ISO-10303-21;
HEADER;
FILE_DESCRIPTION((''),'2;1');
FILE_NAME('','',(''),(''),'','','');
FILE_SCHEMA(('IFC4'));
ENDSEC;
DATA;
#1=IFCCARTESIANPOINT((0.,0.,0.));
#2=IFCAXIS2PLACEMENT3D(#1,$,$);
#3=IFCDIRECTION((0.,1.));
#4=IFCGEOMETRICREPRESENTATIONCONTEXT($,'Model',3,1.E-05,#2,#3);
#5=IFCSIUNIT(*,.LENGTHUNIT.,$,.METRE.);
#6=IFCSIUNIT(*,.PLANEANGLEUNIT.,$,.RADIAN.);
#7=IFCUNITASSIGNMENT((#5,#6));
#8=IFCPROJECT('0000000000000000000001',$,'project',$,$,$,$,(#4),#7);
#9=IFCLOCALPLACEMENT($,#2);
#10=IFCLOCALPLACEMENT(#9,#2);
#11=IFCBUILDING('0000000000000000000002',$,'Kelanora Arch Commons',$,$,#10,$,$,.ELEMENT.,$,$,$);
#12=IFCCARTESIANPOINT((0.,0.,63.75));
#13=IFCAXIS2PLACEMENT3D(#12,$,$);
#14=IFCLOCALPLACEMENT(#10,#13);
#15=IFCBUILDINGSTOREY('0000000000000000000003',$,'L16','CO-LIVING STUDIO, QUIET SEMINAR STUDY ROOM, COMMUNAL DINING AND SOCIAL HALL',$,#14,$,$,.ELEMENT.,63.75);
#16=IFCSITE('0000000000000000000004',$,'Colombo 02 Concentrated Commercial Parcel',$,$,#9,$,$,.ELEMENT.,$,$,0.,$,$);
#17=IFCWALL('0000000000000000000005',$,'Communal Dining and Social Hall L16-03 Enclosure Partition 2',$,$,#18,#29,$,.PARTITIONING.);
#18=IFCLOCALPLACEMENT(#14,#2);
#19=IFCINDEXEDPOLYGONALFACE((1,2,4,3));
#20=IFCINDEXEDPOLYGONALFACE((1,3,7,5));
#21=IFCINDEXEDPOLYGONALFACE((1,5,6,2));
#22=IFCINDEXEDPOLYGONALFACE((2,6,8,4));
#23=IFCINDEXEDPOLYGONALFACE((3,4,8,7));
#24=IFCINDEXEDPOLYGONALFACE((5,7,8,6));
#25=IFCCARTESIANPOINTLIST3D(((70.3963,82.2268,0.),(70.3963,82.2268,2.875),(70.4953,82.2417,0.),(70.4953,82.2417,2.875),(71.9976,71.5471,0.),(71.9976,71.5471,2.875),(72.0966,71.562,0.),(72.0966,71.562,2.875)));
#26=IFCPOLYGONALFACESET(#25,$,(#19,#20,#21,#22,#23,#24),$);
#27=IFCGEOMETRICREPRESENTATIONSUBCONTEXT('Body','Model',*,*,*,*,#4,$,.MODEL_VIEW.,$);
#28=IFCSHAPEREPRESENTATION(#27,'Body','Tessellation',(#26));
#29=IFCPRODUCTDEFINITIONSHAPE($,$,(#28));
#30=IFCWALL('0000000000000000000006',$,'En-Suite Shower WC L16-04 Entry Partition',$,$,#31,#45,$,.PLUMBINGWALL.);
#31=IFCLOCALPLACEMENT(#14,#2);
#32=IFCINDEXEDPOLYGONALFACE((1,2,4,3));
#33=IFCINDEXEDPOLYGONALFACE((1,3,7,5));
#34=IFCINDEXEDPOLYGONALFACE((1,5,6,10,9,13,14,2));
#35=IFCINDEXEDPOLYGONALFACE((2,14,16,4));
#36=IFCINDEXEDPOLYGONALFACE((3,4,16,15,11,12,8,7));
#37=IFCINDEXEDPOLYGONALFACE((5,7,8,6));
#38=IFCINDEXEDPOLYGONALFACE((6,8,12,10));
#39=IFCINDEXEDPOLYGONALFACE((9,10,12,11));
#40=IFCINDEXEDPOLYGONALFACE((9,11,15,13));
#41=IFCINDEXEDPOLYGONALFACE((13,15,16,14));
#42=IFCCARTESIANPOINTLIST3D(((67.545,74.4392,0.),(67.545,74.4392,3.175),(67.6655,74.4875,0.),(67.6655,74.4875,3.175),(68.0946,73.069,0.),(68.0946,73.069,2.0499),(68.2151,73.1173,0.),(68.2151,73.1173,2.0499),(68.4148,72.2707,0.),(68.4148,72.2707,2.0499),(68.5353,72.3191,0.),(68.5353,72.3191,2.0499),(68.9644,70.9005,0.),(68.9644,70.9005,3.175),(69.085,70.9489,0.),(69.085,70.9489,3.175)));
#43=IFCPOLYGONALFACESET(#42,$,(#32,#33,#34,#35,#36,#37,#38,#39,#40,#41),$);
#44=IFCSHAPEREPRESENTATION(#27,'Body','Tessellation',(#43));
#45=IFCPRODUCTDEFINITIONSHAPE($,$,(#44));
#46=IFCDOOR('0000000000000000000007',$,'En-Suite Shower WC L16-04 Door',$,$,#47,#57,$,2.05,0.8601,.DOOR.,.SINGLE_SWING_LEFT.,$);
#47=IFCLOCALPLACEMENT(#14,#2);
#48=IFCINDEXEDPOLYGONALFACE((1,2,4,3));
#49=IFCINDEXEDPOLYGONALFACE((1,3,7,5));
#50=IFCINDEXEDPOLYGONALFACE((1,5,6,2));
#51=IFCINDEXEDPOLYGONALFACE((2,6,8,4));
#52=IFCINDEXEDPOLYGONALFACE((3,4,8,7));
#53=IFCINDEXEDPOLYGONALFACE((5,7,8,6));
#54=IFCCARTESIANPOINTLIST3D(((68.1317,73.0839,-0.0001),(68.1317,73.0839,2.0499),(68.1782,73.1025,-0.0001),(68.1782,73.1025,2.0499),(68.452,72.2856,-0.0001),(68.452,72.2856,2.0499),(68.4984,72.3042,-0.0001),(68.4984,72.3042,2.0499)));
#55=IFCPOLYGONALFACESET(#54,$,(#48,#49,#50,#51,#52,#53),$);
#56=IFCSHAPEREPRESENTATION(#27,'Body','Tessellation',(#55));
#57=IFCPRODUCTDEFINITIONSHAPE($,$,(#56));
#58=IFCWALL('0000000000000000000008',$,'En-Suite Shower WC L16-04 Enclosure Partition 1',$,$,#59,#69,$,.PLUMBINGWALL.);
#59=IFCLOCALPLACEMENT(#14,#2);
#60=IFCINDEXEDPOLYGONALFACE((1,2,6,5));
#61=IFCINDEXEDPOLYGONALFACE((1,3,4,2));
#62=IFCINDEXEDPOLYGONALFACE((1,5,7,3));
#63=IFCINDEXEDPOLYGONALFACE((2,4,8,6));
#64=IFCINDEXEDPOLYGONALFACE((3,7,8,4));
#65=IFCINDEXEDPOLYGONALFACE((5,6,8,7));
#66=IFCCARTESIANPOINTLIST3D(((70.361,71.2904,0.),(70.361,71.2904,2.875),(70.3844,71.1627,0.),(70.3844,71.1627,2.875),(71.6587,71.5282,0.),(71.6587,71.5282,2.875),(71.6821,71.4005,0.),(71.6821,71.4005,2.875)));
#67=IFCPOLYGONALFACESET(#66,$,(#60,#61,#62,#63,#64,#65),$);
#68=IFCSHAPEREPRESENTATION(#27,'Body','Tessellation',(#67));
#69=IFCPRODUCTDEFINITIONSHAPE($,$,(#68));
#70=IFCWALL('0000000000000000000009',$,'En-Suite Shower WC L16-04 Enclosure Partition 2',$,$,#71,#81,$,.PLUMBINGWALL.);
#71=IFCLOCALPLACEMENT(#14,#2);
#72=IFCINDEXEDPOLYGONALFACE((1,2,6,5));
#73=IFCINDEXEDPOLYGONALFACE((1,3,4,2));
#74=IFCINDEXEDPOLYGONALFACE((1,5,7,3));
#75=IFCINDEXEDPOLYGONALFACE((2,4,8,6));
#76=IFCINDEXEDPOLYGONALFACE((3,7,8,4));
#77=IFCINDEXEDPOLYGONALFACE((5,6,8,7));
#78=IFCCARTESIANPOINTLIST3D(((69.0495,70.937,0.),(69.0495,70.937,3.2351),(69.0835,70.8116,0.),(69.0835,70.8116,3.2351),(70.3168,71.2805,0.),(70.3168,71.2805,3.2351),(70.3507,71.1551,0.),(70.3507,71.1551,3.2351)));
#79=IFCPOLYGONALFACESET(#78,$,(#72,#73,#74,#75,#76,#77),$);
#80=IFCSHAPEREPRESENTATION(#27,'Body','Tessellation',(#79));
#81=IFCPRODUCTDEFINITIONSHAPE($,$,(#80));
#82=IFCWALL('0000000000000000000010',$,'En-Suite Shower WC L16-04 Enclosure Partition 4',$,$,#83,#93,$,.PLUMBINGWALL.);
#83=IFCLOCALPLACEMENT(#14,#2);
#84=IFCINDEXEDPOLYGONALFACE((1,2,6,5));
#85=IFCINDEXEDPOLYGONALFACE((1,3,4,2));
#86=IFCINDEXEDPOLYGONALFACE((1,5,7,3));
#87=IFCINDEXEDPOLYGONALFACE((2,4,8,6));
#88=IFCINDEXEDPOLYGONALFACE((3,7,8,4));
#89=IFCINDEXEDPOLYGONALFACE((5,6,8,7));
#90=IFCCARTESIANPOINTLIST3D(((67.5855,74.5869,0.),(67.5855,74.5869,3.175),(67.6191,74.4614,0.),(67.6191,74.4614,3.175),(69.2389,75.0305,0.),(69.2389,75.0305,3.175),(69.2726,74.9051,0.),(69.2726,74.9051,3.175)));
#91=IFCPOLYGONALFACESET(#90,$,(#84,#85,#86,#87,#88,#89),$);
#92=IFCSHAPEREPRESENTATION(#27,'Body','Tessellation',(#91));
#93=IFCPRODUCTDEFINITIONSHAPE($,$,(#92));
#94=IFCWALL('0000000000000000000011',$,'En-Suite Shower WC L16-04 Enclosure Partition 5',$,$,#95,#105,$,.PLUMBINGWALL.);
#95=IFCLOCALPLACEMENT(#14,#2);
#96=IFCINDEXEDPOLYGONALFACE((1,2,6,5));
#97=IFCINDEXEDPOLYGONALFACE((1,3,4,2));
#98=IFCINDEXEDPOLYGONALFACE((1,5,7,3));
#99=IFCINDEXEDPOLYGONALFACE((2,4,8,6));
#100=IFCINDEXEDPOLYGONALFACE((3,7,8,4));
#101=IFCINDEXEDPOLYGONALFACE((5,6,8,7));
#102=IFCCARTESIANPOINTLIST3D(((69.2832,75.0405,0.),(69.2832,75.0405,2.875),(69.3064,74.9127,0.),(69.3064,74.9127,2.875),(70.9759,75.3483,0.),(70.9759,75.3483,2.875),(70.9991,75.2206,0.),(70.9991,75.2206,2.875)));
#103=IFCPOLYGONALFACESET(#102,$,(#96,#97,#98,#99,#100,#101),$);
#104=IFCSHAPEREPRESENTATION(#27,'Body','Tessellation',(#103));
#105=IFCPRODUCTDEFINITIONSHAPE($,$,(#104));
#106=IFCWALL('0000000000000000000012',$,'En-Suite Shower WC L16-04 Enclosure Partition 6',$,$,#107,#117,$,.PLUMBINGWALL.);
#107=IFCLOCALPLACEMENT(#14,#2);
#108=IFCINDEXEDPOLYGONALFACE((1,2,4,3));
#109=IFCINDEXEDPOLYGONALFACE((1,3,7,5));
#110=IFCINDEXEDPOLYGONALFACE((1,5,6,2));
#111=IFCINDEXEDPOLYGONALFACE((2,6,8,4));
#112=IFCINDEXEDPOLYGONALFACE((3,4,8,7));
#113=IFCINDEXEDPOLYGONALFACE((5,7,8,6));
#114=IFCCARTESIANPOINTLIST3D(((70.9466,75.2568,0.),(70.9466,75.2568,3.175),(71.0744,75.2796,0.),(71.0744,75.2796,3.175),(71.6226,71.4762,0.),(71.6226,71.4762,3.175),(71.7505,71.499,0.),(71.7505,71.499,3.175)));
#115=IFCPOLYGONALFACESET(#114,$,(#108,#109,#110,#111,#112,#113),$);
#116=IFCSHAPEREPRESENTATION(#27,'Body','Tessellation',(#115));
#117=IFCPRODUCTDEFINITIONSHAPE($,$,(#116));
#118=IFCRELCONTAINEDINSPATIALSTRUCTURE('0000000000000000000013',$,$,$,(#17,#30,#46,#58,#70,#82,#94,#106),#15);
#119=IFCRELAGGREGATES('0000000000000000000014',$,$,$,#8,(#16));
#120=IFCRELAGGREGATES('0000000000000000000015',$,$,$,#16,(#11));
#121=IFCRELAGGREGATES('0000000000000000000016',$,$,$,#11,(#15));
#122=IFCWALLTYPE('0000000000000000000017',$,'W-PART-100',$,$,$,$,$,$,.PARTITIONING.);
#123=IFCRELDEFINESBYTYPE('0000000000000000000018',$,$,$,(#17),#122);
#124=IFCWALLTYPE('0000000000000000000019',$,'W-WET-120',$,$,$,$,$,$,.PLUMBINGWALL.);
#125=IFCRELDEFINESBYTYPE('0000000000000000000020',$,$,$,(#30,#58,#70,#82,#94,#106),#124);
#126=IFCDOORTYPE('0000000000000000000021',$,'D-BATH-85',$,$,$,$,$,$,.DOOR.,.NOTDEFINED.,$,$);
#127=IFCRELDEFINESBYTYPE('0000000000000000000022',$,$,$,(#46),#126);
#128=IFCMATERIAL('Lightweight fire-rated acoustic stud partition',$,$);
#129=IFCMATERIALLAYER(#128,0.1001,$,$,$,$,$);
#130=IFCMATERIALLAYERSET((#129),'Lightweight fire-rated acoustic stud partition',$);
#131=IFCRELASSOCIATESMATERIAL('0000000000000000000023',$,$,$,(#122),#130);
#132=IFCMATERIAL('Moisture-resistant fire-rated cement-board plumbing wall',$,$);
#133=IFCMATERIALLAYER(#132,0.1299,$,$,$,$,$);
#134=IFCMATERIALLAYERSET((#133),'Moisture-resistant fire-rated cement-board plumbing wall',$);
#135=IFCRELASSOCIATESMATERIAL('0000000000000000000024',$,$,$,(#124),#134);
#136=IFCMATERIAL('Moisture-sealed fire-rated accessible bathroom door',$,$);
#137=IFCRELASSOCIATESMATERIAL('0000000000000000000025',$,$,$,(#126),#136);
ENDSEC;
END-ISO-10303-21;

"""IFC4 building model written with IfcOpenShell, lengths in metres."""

from ifc_helpers import new_model, si_unit, direction, frame, frame_2d, origin, place, context, subcontext, project, spatial, rectangle, extrude, material, layer, layer_set, type_object, element, fill, save


model = new_model("IFC4")

# Units and contexts
model_context = context("Model", 3, precision=1e-05, world=origin(), true_north=direction((0.0, 1.0)))
body_context = subcontext(model_context, "Body", "Model", "MODEL_VIEW")
ifc_project = project(units=[si_unit("LENGTHUNIT", "METRE"), si_unit("PLANEANGLEUNIT", "RADIAN")], contexts=[model_context])

# Site, building, storey
site_placement = place(None, origin())
site = spatial("IfcSite", under=ifc_project, at=site_placement, Name="Colombo 02 Concentrated Commercial Parcel", CompositionType="ELEMENT", RefElevation=0.0)
building_placement = place(site_placement, origin())
building = spatial("IfcBuilding", under=site, at=building_placement, Name="Kelanora Arch Commons", CompositionType="ELEMENT")
storey_placement = place(building_placement, frame((0.0, 0.0, 63.75)))
storey = spatial("IfcBuildingStorey", under=building, at=storey_placement, Name="L16", Description="CO-LIVING STUDIO, QUIET SEMINAR STUDY ROOM, COMMUNAL DINING AND SOCIAL HALL", CompositionType="ELEMENT", Elevation=63.75)

# Wall
ifc_material_1 = material(Name="Lightweight fire-rated acoustic stud partition")
ifc_layer_1 = layer(ifc_material_1, 0.1001)
ifc_layer_set_1 = layer_set([ifc_layer_1], Name="Lightweight fire-rated acoustic stud partition")
wall_type_1 = type_object("IfcWallType", Name="W-PART-100", PredefinedType="PARTITIONING", material=ifc_layer_set_1)
wall_1_placement = place(storey_placement, frame((72.0471, 71.5547, 0.0), z_axis=(0.0, 0.0, 1.0), x_axis=(-0.148283, 0.988945, 0.0)))
element("IfcWall", 1, at=wall_1_placement, inside=storey, type_object=wall_type_1, Name="Communal Dining and Social Hall L16-03 Enclosure Partition 2", PredefinedType="PARTITIONING", context=body_context, shape_type="SweptSolid", body=[
    extrude(rectangle(XDim=10.7991, YDim=0.1001, at=frame_2d((5.3994, 0.0))), origin(), (0.0, 0.0, 1.0), 2.875),
])

# Wall, opening, door
ifc_material_2 = material(Name="Moisture-resistant fire-rated cement-board plumbing wall")
ifc_layer_2 = layer(ifc_material_2, 0.1299)
ifc_layer_set_2 = layer_set([ifc_layer_2], Name="Moisture-resistant fire-rated cement-board plumbing wall")
wall_type_2 = type_object("IfcWallType", Name="W-WET-120", PredefinedType="PLUMBINGWALL", material=ifc_layer_set_2)
wall_2_placement = place(storey_placement, frame((69.0247, 70.9248, 0.0), z_axis=(0.0, 0.0, 1.0), x_axis=(-0.372296, 0.928114, 0.0)))
wall_2 = element("IfcWall", 2, at=wall_2_placement, inside=storey, type_object=wall_type_2, Name="En-Suite Shower WC L16-04 Entry Partition", PredefinedType="PLUMBINGWALL", context=body_context, shape_type="SweptSolid", body=[
    extrude(rectangle(XDim=3.8127, YDim=0.1299, at=frame_2d((1.9062, 0.0))), origin(), (0.0, 0.0, 1.0), 3.175),
])
opening_1_placement = place(wall_2_placement, frame((1.4761, 0.0, 0.0)))
opening_1 = element("IfcOpeningElement", 3, at=opening_1_placement, cuts=wall_2, PredefinedType="OPENING", context=body_context, shape_type="SweptSolid", body=[
    extrude(rectangle(XDim=0.8601, YDim=2.05, at=frame_2d((0.4302, 1.0249))), frame((0.0, 0.075, 0.0), z_axis=(0.0, -1.0, 0.0), x_axis=(1.0, 0.0, 0.0)), (0.0, 0.0, 1.0), 0.1499),
])
ifc_material_3 = material(Name="Moisture-sealed fire-rated accessible bathroom door")
door_type_1 = type_object("IfcDoorType", Name="D-BATH-85", OperationType="NOTDEFINED", PredefinedType="DOOR", material=ifc_material_3)
door_1_placement = place(opening_1_placement, origin())
door_1 = element("IfcDoor", 4, at=door_1_placement, inside=storey, type_object=door_type_1, Name="En-Suite Shower WC L16-04 Door", OperationType="SINGLE_SWING_LEFT", OverallHeight=2.05, OverallWidth=0.8601, PredefinedType="DOOR", context=body_context, shape_type="SweptSolid", body=[
    extrude(rectangle(XDim=0.8601, YDim=2.05, at=frame_2d((0.4302, 1.0249))), frame((0.0, 0.0249, 0.0), z_axis=(0.0, -1.0, 0.0), x_axis=(1.0, 0.0, 0.0)), (0.0, 0.0, 1.0), 0.05),
])
fill(opening_1, door_1)

# Walls
wall_3_placement = place(storey_placement, frame((71.6704, 71.4644, 0.0), z_axis=(0.0, 0.0, 1.0), x_axis=(-0.98362, -0.180253, 0.0)))
element("IfcWall", 5, at=wall_3_placement, inside=storey, type_object=wall_type_2, Name="En-Suite Shower WC L16-04 Enclosure Partition 1", PredefinedType="PLUMBINGWALL", context=body_context, shape_type="SweptSolid", body=[
    extrude(rectangle(XDim=1.3193, YDim=0.1299, at=frame_2d((0.6597, 0.0))), origin(), (0.0, 0.0, 1.0), 2.875),
])
wall_4_placement = place(storey_placement, frame((70.3337, 71.2178, 0.0), z_axis=(0.0, 0.0, 1.0), x_axis=(-0.965175, -0.261607, 0.0)))
element("IfcWall", 6, at=wall_4_placement, inside=storey, type_object=wall_type_2, Name="En-Suite Shower WC L16-04 Enclosure Partition 2", PredefinedType="PLUMBINGWALL", context=body_context, shape_type="SweptSolid", body=[
    extrude(rectangle(XDim=1.313, YDim=0.1299, at=frame_2d((0.6565, 0.0))), origin(), (0.0, 0.0, 1.0), 3.2351),
])
wall_5_placement = place(storey_placement, frame((67.6023, 74.5242, 0.0), z_axis=(0.0, 0.0, 1.0), x_axis=(0.965838, 0.259145, 0.0)))
element("IfcWall", 7, at=wall_5_placement, inside=storey, type_object=wall_type_2, Name="En-Suite Shower WC L16-04 Enclosure Partition 4", PredefinedType="PLUMBINGWALL", context=body_context, shape_type="SweptSolid", body=[
    extrude(rectangle(XDim=1.7119, YDim=0.1299, at=frame_2d((0.856, 0.0))), origin(), (0.0, 0.0, 1.0), 3.175),
])
wall_6_placement = place(storey_placement, frame((69.2947, 74.9766, 0.0), z_axis=(0.0, 0.0, 1.0), x_axis=(0.983859, 0.178948, 0.0)))
element("IfcWall", 8, at=wall_6_placement, inside=storey, type_object=wall_type_2, Name="En-Suite Shower WC L16-04 Enclosure Partition 5", PredefinedType="PLUMBINGWALL", context=body_context, shape_type="SweptSolid", body=[
    extrude(rectangle(XDim=1.7205, YDim=0.1299, at=frame_2d((0.8604, 0.0))), origin(), (0.0, 0.0, 1.0), 2.875),
])
wall_7_placement = place(storey_placement, frame((71.0105, 75.2683, 0.0), z_axis=(0.0, 0.0, 1.0), x_axis=(0.176026, -0.984386, 0.0)))
element("IfcWall", 9, at=wall_7_placement, inside=storey, type_object=wall_type_2, Name="En-Suite Shower WC L16-04 Enclosure Partition 6", PredefinedType="PLUMBINGWALL", context=body_context, shape_type="SweptSolid", body=[
    extrude(rectangle(XDim=3.8406, YDim=0.1299, at=frame_2d((1.9204, 0.0))), origin(), (0.0, 0.0, 1.0), 3.175),
])

save(model, "model.ifc")
